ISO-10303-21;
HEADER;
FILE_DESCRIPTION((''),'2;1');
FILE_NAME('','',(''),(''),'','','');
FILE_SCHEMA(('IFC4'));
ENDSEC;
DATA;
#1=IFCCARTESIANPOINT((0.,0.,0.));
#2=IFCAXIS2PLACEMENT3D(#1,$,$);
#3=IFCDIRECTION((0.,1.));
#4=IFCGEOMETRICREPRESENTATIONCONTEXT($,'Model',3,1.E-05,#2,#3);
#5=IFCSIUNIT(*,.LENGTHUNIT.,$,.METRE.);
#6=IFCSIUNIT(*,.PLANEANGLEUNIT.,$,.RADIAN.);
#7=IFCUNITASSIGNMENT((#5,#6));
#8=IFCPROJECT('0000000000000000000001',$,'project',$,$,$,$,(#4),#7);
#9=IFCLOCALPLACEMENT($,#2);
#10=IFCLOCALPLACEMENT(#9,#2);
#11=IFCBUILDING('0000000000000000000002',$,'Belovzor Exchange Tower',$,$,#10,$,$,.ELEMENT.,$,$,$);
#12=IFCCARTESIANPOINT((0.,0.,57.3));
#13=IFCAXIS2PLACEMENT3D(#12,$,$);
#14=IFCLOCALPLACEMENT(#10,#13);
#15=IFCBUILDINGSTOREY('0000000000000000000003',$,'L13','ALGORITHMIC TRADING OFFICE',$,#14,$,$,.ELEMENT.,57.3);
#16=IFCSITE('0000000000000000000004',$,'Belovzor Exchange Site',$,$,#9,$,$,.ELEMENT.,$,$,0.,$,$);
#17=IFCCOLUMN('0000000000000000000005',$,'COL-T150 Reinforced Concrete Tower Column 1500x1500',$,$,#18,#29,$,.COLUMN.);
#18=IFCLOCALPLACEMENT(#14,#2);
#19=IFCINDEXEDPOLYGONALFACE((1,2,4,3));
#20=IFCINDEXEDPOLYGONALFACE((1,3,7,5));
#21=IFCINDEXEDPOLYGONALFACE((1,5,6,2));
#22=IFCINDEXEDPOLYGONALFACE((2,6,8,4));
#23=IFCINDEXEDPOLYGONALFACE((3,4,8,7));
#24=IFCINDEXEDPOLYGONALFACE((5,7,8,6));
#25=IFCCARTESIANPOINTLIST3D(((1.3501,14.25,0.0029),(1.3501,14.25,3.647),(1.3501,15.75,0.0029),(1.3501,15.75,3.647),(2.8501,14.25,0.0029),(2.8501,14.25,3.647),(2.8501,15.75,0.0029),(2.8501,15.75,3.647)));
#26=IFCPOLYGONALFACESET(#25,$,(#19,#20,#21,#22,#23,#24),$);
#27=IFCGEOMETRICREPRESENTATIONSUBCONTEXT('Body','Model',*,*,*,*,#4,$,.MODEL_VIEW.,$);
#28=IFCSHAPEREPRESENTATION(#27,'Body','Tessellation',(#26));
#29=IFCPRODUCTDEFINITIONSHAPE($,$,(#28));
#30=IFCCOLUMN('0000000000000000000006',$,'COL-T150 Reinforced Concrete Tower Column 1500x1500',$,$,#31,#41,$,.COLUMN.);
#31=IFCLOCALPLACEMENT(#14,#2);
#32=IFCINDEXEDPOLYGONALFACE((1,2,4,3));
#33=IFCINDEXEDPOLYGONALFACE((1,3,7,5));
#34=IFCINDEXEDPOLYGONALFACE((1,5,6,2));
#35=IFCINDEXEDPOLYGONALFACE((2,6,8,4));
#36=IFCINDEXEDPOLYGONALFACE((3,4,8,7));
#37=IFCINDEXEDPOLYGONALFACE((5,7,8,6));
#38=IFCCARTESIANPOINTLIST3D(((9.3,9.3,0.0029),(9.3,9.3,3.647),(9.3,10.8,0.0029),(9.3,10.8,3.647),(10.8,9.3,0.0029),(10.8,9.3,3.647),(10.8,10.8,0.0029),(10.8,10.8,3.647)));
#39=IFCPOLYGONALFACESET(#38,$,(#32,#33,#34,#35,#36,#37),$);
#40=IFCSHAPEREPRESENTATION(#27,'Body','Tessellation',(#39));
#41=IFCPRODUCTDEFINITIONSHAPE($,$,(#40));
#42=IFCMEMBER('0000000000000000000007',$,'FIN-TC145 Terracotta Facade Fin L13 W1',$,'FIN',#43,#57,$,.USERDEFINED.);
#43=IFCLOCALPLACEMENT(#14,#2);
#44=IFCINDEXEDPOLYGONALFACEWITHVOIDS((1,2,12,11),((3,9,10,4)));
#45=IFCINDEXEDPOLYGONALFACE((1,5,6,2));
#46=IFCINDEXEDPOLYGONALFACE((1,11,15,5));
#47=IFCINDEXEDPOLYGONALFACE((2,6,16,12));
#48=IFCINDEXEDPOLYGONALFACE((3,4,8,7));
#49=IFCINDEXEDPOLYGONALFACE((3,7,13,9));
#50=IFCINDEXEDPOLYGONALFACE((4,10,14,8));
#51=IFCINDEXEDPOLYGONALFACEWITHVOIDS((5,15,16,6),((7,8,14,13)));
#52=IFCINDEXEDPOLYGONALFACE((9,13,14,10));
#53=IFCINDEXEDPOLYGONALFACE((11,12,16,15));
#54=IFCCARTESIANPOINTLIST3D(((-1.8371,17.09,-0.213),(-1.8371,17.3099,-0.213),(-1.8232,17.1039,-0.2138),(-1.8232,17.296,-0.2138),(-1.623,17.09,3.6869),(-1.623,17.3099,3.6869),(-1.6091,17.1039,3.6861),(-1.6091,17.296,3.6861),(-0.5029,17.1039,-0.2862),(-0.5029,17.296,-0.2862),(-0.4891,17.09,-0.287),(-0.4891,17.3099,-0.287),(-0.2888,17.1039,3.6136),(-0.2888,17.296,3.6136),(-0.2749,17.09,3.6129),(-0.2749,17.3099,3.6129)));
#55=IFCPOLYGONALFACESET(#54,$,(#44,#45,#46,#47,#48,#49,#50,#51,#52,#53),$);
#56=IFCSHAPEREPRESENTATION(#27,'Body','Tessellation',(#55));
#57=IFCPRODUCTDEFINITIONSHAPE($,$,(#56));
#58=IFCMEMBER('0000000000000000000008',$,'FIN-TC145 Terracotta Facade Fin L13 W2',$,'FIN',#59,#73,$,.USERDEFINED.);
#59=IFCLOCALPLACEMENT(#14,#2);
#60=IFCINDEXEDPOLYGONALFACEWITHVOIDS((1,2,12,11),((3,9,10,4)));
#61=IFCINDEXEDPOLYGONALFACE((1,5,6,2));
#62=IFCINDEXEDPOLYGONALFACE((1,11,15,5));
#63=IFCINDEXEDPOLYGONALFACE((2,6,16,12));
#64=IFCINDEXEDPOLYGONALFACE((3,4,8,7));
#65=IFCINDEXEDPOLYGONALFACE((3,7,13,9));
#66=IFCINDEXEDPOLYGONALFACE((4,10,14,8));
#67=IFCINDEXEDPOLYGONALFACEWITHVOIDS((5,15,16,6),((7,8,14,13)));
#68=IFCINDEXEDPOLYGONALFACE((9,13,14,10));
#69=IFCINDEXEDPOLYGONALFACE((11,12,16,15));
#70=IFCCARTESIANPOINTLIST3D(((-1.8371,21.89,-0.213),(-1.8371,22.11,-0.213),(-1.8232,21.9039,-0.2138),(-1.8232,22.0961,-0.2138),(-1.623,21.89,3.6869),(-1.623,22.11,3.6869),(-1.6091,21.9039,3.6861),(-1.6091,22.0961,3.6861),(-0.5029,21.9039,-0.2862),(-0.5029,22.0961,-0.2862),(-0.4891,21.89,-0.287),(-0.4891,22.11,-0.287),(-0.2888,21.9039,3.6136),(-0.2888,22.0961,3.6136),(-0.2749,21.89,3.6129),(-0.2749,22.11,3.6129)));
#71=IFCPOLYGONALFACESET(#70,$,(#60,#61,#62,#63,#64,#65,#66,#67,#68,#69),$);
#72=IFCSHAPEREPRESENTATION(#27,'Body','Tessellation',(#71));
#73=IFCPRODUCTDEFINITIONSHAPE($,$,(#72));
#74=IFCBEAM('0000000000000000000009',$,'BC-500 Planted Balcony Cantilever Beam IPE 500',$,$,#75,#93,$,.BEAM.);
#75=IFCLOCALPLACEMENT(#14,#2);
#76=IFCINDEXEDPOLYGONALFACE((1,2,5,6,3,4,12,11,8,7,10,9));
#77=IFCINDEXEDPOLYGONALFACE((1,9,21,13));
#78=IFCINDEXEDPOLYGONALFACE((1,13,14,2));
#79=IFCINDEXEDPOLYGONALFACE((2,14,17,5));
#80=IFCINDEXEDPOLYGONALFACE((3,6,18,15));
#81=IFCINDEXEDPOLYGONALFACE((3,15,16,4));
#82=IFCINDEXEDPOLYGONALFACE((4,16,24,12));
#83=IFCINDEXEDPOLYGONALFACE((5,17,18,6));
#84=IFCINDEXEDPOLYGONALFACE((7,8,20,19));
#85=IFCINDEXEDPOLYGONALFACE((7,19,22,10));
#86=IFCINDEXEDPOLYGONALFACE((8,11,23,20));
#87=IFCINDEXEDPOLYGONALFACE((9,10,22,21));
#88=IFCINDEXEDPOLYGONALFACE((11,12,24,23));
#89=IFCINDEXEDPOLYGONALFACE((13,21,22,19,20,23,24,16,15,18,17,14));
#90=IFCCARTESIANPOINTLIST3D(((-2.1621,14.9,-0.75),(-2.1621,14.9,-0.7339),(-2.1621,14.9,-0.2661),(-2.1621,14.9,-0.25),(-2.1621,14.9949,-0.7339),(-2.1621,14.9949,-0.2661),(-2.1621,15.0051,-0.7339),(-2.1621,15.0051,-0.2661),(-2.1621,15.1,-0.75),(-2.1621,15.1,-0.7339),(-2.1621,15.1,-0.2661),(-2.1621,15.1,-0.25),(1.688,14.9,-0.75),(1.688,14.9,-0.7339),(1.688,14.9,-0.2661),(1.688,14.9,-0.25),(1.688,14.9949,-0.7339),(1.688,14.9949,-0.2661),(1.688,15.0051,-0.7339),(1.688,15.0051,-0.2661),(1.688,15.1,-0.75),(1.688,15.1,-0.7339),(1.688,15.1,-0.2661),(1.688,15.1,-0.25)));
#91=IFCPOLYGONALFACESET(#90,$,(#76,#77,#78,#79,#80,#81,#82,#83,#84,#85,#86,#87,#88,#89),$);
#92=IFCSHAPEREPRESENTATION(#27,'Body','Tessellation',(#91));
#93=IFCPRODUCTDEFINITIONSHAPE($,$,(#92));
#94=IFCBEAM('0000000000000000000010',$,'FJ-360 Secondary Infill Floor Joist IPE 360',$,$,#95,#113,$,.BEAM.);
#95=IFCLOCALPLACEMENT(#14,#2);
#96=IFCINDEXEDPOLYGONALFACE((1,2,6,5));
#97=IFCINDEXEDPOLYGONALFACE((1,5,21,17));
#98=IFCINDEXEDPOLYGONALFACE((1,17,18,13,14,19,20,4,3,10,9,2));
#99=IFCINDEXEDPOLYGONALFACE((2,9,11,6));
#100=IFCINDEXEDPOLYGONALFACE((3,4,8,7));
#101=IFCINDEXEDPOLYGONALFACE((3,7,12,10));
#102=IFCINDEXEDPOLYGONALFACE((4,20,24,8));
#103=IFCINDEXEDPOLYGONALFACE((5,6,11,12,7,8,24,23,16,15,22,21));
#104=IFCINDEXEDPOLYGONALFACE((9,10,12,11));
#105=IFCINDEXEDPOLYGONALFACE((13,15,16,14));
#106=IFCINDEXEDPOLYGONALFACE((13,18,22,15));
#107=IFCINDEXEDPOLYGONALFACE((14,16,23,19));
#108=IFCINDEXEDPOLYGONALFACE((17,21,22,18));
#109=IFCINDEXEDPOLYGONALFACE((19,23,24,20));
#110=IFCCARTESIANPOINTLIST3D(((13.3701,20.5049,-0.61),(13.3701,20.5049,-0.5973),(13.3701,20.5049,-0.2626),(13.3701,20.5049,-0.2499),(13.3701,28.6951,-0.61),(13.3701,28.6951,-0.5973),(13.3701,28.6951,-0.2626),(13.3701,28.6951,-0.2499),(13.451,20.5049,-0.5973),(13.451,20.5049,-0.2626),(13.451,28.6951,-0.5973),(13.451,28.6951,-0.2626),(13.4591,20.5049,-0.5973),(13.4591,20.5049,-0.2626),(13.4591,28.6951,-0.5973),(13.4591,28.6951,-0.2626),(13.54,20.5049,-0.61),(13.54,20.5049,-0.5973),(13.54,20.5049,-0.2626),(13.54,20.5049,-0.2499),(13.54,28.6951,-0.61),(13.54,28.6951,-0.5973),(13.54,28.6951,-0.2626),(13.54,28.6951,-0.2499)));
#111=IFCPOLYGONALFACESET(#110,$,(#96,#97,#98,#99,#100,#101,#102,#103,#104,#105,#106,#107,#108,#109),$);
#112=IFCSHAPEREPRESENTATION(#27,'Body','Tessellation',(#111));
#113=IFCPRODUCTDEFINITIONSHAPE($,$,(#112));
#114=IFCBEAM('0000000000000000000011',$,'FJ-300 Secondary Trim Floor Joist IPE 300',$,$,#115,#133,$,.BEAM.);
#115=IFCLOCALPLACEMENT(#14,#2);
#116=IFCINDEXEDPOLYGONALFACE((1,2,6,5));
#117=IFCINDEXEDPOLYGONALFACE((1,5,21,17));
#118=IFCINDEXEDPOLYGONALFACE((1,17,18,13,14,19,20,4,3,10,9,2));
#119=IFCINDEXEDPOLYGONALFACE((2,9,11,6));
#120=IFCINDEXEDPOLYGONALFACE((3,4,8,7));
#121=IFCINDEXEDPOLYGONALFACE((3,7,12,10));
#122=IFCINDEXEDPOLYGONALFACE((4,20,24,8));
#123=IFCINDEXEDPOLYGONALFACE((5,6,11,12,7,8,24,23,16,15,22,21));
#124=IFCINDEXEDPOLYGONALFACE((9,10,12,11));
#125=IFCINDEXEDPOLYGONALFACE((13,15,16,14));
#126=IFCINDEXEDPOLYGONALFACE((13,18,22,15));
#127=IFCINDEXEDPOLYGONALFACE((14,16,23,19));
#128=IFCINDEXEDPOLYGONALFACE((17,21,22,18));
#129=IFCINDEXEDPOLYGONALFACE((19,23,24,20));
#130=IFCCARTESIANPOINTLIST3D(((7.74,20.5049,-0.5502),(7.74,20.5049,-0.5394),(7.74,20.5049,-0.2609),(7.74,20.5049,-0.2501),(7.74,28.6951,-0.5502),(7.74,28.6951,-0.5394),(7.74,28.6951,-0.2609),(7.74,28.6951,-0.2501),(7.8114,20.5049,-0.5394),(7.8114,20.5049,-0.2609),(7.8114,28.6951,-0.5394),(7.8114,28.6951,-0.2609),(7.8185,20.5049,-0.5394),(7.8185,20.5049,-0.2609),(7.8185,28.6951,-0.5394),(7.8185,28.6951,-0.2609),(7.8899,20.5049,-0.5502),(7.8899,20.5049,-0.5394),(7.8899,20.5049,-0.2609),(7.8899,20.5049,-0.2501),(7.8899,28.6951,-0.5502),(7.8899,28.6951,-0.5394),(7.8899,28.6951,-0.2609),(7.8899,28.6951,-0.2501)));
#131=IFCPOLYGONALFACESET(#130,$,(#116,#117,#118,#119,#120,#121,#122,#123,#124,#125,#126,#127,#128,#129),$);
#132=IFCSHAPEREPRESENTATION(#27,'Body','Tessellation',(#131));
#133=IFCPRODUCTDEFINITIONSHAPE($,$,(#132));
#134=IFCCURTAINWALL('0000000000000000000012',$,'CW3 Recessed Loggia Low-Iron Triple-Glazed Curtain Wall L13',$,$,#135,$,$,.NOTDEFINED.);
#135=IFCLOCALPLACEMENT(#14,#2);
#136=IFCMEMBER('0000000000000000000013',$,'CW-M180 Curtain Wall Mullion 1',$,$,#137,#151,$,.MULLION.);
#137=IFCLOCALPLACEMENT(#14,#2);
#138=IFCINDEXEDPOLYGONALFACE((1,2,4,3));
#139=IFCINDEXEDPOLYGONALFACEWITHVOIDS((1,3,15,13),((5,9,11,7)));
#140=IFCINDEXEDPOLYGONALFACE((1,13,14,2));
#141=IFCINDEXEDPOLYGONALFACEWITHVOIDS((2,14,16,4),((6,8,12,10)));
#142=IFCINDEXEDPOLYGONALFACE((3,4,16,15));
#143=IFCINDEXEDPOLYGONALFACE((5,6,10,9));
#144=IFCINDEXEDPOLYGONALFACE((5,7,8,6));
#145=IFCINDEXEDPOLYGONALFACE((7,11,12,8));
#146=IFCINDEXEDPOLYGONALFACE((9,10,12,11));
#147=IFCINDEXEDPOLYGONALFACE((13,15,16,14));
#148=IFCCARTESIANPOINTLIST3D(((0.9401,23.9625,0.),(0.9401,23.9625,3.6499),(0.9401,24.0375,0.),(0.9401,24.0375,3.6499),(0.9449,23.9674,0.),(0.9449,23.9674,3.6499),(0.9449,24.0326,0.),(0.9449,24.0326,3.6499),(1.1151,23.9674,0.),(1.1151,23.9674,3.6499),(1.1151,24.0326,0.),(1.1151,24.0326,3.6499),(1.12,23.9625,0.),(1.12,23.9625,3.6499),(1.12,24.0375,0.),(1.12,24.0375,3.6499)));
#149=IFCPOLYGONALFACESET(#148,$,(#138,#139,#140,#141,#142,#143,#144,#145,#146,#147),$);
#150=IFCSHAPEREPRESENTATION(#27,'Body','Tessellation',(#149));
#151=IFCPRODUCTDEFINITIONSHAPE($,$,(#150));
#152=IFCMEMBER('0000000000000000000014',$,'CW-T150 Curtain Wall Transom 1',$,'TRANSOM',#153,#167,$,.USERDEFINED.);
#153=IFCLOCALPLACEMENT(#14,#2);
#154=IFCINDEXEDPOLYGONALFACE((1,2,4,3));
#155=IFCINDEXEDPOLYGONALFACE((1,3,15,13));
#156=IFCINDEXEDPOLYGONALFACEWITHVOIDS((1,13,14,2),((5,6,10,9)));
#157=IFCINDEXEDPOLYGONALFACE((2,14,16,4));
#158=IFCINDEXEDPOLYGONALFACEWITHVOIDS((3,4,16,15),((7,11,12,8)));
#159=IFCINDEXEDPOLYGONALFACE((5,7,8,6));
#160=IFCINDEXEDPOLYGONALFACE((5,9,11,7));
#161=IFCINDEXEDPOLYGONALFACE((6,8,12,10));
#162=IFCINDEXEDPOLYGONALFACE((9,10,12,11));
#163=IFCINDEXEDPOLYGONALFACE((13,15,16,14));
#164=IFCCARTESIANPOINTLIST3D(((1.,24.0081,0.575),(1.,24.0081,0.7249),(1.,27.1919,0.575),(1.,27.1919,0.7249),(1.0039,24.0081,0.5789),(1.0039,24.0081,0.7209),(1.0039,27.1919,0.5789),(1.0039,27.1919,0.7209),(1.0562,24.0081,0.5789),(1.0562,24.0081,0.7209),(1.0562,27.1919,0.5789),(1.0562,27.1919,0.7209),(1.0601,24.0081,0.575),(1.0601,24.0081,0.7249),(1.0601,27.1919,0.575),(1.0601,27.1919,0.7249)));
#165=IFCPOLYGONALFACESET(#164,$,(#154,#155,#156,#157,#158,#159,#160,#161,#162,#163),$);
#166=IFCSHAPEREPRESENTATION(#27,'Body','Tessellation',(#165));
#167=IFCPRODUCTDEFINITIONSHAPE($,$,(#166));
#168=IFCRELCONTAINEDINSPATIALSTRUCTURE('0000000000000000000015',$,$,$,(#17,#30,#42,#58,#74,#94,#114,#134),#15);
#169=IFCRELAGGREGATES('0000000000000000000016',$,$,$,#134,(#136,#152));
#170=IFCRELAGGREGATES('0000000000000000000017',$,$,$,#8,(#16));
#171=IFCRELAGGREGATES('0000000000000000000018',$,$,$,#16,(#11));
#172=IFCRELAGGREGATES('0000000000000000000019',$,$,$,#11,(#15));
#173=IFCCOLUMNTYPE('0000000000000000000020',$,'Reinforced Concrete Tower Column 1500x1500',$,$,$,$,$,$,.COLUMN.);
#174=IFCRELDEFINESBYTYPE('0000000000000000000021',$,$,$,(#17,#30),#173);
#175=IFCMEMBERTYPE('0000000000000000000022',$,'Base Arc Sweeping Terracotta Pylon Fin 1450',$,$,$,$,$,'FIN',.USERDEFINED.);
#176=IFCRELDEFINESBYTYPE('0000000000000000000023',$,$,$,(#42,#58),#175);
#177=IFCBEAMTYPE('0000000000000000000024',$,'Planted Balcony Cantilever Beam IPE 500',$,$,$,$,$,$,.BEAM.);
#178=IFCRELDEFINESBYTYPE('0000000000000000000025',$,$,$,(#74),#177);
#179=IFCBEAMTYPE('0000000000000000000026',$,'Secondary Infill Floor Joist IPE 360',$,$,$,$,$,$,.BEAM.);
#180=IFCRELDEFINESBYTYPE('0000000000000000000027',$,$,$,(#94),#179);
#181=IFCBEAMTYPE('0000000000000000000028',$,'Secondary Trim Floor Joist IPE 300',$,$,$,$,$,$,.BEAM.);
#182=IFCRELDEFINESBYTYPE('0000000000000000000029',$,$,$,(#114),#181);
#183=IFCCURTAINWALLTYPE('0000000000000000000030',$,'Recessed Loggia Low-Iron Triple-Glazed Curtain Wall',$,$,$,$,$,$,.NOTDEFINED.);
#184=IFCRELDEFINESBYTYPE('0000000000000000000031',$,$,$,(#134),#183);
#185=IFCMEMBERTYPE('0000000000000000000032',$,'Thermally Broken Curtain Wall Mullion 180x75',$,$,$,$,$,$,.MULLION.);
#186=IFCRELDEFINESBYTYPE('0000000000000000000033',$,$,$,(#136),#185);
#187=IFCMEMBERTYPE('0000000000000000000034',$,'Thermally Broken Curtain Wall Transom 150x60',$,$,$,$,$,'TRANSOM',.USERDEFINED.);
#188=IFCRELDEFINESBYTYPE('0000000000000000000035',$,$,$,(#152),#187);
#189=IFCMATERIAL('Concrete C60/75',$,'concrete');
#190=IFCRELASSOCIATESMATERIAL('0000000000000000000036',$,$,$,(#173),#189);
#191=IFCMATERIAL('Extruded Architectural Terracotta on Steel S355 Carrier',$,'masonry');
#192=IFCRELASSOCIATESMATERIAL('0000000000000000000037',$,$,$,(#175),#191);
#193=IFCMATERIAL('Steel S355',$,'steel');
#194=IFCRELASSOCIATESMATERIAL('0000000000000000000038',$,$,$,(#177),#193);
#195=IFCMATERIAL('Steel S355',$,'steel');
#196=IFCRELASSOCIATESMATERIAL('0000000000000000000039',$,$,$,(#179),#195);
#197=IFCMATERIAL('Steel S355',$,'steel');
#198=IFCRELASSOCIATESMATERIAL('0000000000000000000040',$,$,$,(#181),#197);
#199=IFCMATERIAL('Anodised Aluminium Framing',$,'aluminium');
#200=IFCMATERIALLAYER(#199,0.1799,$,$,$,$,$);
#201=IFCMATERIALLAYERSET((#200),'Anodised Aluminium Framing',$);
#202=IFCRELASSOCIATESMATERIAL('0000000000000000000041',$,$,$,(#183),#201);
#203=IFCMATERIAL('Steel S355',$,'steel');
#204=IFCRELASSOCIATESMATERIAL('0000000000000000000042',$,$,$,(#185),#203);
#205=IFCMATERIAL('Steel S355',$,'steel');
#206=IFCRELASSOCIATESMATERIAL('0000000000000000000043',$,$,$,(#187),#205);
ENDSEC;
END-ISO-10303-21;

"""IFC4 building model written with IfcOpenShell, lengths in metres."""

from ifc_helpers import new_model, si_unit, direction, frame, origin, origin_2d, place, context, subcontext, project, spatial, rectangle, hollow_rectangle, i_section, extrude, material, layer, layer_set, material_profile, profile_set, type_object, element, aggregate, save


model = new_model("IFC4")

# Units and contexts
model_context = context("Model", 3, precision=1e-05, world=origin(), true_north=direction((0.0, 1.0)))
body_context = subcontext(model_context, "Body", "Model", "MODEL_VIEW")
ifc_project = project(units=[si_unit("LENGTHUNIT", "METRE"), si_unit("PLANEANGLEUNIT", "RADIAN")], contexts=[model_context])

# Site, building, storey
site_placement = place(None, origin())
site = spatial("IfcSite", under=ifc_project, at=site_placement, Name="Belovzor Exchange Site", CompositionType="ELEMENT", RefElevation=0.0)
building_placement = place(site_placement, origin())
building = spatial("IfcBuilding", under=site, at=building_placement, Name="Belovzor Exchange Tower", CompositionType="ELEMENT")
storey_placement = place(building_placement, frame((0.0, 0.0, 57.3)))
storey = spatial("IfcBuildingStorey", under=building, at=storey_placement, Name="L13", Description="ALGORITHMIC TRADING OFFICE", CompositionType="ELEMENT", Elevation=57.3)

# Columns
ifc_material_1 = material(Name="Concrete C60/75", Category="concrete")
ifc_material_profile_1 = material_profile(ifc_material_1, rectangle(XDim=1.5, YDim=1.5, at=origin_2d()))
ifc_profile_set_1 = profile_set([ifc_material_profile_1], Name="Concrete C60/75")
column_type = type_object("IfcColumnType", Name="Reinforced Concrete Tower Column 1500x1500", PredefinedType="COLUMN", material=ifc_profile_set_1)
for number, where, z_axis, x_axis, name in (
    (1, (2.1001, 15.0, 0.0029), (0.0, 0.0, 1.0), (1.0, 0.0, 0.0), "COL-T150 Reinforced Concrete Tower Column 1500x1500"),
    (2, (10.05, 10.05, 0.0029), (0.0, 0.0, 1.0), (1.0, 0.0, 0.0), "COL-T150 Reinforced Concrete Tower Column 1500x1500"),
):
    element("IfcColumn", number, at=place(storey_placement, frame(where, z_axis=z_axis, x_axis=x_axis)), inside=storey, type_object=column_type, Name=name, PredefinedType="COLUMN", context=body_context, shape_type="SweptSolid", body=[
        extrude(rectangle(XDim=1.5, YDim=1.5, at=origin_2d()), origin(), (0.0, 0.0, 1.0), 3.644),
    ])

# Members
ifc_material_2 = material(Name="Extruded Architectural Terracotta on Steel S355 Carrier", Category="masonry")
ifc_material_profile_2 = material_profile(ifc_material_2, hollow_rectangle(XDim=0.22, YDim=1.3501, WallThickness=0.0139, at=origin_2d()))
ifc_profile_set_2 = profile_set([ifc_material_profile_2], Name="Extruded Architectural Terracotta on Steel S355 Carrier")
member_type_1 = type_object("IfcMemberType", Name="Base Arc Sweeping Terracotta Pylon Fin 1450", ElementType="FIN", PredefinedType="USERDEFINED", material=ifc_profile_set_2)
for number, where, z_axis, x_axis, name in (
    (3, (-1.1631, 17.2, -0.25), (0.054819, 0.0, 0.998496), (0.0, 1.0, 0.0), "FIN-TC145 Terracotta Facade Fin L13 W1"),
    (4, (-1.1631, 22.0, -0.25), (0.054819, 0.0, 0.998496), (0.0, 1.0, 0.0), "FIN-TC145 Terracotta Facade Fin L13 W2"),
):
    element("IfcMember", number, at=place(storey_placement, frame(where, z_axis=z_axis, x_axis=x_axis)), inside=storey, type_object=member_type_1, Name=name, ObjectType="FIN", PredefinedType="USERDEFINED", context=body_context, shape_type="SweptSolid", body=[
        extrude(hollow_rectangle(XDim=0.22, YDim=1.3501, WallThickness=0.0139, at=origin_2d()), origin(), (0.0, 0.0, 1.0), 3.9058),
    ])

# Beams
ifc_material_3 = material(Name="Steel S355", Category="steel")
ifc_material_profile_3 = material_profile(ifc_material_3, i_section(OverallWidth=0.2, OverallDepth=0.5, WebThickness=0.0103, FlangeThickness=0.0161, at=origin_2d()))
ifc_profile_set_3 = profile_set([ifc_material_profile_3], Name="Steel S355")
beam_type_1 = type_object("IfcBeamType", Name="Planted Balcony Cantilever Beam IPE 500", PredefinedType="BEAM", material=ifc_profile_set_3)
beam_1_placement = place(storey_placement, frame((1.688, 15.0, -0.5), z_axis=(-1.0, 0.0, 0.0), x_axis=(0.0, -1.0, 0.0)))
element("IfcBeam", 5, at=beam_1_placement, inside=storey, type_object=beam_type_1, Name="BC-500 Planted Balcony Cantilever Beam IPE 500", PredefinedType="BEAM", context=body_context, shape_type="SweptSolid", body=[
    extrude(i_section(OverallWidth=0.2, OverallDepth=0.5, WebThickness=0.0103, FlangeThickness=0.0161, at=origin_2d()), origin(), (0.0, 0.0, 1.0), 3.8501),
])
ifc_material_4 = material(Name="Steel S355", Category="steel")
ifc_material_profile_4 = material_profile(ifc_material_4, i_section(OverallWidth=0.1699, OverallDepth=0.3601, WebThickness=0.0081, FlangeThickness=0.0127, at=origin_2d()))
ifc_profile_set_4 = profile_set([ifc_material_profile_4], Name="Steel S355")
beam_type_2 = type_object("IfcBeamType", Name="Secondary Infill Floor Joist IPE 360", PredefinedType="BEAM", material=ifc_profile_set_4)
beam_2_placement = place(storey_placement, frame((13.4551, 20.5049, -0.4299), z_axis=(0.0, 1.0, 0.0), x_axis=(-1.0, 0.0, 0.0)))
element("IfcBeam", 6, at=beam_2_placement, inside=storey, type_object=beam_type_2, Name="FJ-360 Secondary Infill Floor Joist IPE 360", PredefinedType="BEAM", context=body_context, shape_type="SweptSolid", body=[
    extrude(i_section(OverallWidth=0.1699, OverallDepth=0.3601, WebThickness=0.0081, FlangeThickness=0.0127, at=origin_2d()), origin(), (0.0, 0.0, 1.0), 8.1902),
])
ifc_material_5 = material(Name="Steel S355", Category="steel")
ifc_material_profile_5 = material_profile(ifc_material_5, i_section(OverallWidth=0.1499, OverallDepth=0.3, WebThickness=0.0071, FlangeThickness=0.0107, at=origin_2d()))
ifc_profile_set_5 = profile_set([ifc_material_profile_5], Name="Steel S355")
beam_type_3 = type_object("IfcBeamType", Name="Secondary Trim Floor Joist IPE 300", PredefinedType="BEAM", material=ifc_profile_set_5)
beam_3_placement = place(storey_placement, frame((7.8149, 20.5049, -0.4001), z_axis=(0.0, 1.0, 0.0), x_axis=(-1.0, 0.0, 0.0)))
element("IfcBeam", 7, at=beam_3_placement, inside=storey, type_object=beam_type_3, Name="FJ-300 Secondary Trim Floor Joist IPE 300", PredefinedType="BEAM", context=body_context, shape_type="SweptSolid", body=[
    extrude(i_section(OverallWidth=0.1499, OverallDepth=0.3, WebThickness=0.0071, FlangeThickness=0.0107, at=origin_2d()), origin(), (0.0, 0.0, 1.0), 8.1902),
])

# Curtain wall, members
ifc_material_6 = material(Name="Anodised Aluminium Framing", Category="aluminium")
ifc_layer_1 = layer(ifc_material_6, 0.1799)
ifc_layer_set_1 = layer_set([ifc_layer_1], Name="Anodised Aluminium Framing")
curtain_wall_type = type_object("IfcCurtainWallType", Name="Recessed Loggia Low-Iron Triple-Glazed Curtain Wall", PredefinedType="NOTDEFINED", material=ifc_layer_set_1)
curtain_wall_placement = place(storey_placement, origin())
curtain_wall = element("IfcCurtainWall", 8, at=curtain_wall_placement, inside=storey, type_object=curtain_wall_type, Name="CW3 Recessed Loggia Low-Iron Triple-Glazed Curtain Wall L13", PredefinedType="NOTDEFINED")
ifc_material_7 = material(Name="Steel S355", Category="steel")
ifc_material_profile_6 = material_profile(ifc_material_7, hollow_rectangle(XDim=0.075, YDim=0.1799, WallThickness=0.0049, at=origin_2d()))
ifc_profile_set_6 = profile_set([ifc_material_profile_6], Name="Steel S355")
member_type_2 = type_object("IfcMemberType", Name="Thermally Broken Curtain Wall Mullion 180x75", PredefinedType="MULLION", material=ifc_profile_set_6)
member_1_placement = place(storey_placement, frame((1.03, 24.0, 0.0), z_axis=(0.0, 0.0, 1.0), x_axis=(0.0, 1.0, 0.0)))
member_1 = element("IfcMember", 9, at=member_1_placement, type_object=member_type_2, Name="CW-M180 Curtain Wall Mullion 1", PredefinedType="MULLION", context=body_context, shape_type="SweptSolid", body=[
    extrude(hollow_rectangle(XDim=0.075, YDim=0.1799, WallThickness=0.0049, at=origin_2d()), origin(), (0.0, 0.0, 1.0), 3.6499),
])
ifc_material_8 = material(Name="Steel S355", Category="steel")
ifc_material_profile_7 = material_profile(ifc_material_8, hollow_rectangle(XDim=0.0601, YDim=0.1499, WallThickness=0.0039, at=origin_2d()))
ifc_profile_set_7 = profile_set([ifc_material_profile_7], Name="Steel S355")
member_type_3 = type_object("IfcMemberType", Name="Thermally Broken Curtain Wall Transom 150x60", ElementType="TRANSOM", PredefinedType="USERDEFINED", material=ifc_profile_set_7)
member_2_placement = place(storey_placement, frame((1.03, 24.0081, 0.6499), z_axis=(0.0, 1.0, 0.0), x_axis=(-1.0, 0.0, 0.0)))
member_2 = element("IfcMember", 10, at=member_2_placement, type_object=member_type_3, Name="CW-T150 Curtain Wall Transom 1", ObjectType="TRANSOM", PredefinedType="USERDEFINED", context=body_context, shape_type="SweptSolid", body=[
    extrude(hollow_rectangle(XDim=0.0601, YDim=0.1499, WallThickness=0.0039, at=origin_2d()), origin(), (0.0, 0.0, 1.0), 3.1838),
])

aggregate(curtain_wall, [member_1, member_2])

save(model, "model.ifc")
